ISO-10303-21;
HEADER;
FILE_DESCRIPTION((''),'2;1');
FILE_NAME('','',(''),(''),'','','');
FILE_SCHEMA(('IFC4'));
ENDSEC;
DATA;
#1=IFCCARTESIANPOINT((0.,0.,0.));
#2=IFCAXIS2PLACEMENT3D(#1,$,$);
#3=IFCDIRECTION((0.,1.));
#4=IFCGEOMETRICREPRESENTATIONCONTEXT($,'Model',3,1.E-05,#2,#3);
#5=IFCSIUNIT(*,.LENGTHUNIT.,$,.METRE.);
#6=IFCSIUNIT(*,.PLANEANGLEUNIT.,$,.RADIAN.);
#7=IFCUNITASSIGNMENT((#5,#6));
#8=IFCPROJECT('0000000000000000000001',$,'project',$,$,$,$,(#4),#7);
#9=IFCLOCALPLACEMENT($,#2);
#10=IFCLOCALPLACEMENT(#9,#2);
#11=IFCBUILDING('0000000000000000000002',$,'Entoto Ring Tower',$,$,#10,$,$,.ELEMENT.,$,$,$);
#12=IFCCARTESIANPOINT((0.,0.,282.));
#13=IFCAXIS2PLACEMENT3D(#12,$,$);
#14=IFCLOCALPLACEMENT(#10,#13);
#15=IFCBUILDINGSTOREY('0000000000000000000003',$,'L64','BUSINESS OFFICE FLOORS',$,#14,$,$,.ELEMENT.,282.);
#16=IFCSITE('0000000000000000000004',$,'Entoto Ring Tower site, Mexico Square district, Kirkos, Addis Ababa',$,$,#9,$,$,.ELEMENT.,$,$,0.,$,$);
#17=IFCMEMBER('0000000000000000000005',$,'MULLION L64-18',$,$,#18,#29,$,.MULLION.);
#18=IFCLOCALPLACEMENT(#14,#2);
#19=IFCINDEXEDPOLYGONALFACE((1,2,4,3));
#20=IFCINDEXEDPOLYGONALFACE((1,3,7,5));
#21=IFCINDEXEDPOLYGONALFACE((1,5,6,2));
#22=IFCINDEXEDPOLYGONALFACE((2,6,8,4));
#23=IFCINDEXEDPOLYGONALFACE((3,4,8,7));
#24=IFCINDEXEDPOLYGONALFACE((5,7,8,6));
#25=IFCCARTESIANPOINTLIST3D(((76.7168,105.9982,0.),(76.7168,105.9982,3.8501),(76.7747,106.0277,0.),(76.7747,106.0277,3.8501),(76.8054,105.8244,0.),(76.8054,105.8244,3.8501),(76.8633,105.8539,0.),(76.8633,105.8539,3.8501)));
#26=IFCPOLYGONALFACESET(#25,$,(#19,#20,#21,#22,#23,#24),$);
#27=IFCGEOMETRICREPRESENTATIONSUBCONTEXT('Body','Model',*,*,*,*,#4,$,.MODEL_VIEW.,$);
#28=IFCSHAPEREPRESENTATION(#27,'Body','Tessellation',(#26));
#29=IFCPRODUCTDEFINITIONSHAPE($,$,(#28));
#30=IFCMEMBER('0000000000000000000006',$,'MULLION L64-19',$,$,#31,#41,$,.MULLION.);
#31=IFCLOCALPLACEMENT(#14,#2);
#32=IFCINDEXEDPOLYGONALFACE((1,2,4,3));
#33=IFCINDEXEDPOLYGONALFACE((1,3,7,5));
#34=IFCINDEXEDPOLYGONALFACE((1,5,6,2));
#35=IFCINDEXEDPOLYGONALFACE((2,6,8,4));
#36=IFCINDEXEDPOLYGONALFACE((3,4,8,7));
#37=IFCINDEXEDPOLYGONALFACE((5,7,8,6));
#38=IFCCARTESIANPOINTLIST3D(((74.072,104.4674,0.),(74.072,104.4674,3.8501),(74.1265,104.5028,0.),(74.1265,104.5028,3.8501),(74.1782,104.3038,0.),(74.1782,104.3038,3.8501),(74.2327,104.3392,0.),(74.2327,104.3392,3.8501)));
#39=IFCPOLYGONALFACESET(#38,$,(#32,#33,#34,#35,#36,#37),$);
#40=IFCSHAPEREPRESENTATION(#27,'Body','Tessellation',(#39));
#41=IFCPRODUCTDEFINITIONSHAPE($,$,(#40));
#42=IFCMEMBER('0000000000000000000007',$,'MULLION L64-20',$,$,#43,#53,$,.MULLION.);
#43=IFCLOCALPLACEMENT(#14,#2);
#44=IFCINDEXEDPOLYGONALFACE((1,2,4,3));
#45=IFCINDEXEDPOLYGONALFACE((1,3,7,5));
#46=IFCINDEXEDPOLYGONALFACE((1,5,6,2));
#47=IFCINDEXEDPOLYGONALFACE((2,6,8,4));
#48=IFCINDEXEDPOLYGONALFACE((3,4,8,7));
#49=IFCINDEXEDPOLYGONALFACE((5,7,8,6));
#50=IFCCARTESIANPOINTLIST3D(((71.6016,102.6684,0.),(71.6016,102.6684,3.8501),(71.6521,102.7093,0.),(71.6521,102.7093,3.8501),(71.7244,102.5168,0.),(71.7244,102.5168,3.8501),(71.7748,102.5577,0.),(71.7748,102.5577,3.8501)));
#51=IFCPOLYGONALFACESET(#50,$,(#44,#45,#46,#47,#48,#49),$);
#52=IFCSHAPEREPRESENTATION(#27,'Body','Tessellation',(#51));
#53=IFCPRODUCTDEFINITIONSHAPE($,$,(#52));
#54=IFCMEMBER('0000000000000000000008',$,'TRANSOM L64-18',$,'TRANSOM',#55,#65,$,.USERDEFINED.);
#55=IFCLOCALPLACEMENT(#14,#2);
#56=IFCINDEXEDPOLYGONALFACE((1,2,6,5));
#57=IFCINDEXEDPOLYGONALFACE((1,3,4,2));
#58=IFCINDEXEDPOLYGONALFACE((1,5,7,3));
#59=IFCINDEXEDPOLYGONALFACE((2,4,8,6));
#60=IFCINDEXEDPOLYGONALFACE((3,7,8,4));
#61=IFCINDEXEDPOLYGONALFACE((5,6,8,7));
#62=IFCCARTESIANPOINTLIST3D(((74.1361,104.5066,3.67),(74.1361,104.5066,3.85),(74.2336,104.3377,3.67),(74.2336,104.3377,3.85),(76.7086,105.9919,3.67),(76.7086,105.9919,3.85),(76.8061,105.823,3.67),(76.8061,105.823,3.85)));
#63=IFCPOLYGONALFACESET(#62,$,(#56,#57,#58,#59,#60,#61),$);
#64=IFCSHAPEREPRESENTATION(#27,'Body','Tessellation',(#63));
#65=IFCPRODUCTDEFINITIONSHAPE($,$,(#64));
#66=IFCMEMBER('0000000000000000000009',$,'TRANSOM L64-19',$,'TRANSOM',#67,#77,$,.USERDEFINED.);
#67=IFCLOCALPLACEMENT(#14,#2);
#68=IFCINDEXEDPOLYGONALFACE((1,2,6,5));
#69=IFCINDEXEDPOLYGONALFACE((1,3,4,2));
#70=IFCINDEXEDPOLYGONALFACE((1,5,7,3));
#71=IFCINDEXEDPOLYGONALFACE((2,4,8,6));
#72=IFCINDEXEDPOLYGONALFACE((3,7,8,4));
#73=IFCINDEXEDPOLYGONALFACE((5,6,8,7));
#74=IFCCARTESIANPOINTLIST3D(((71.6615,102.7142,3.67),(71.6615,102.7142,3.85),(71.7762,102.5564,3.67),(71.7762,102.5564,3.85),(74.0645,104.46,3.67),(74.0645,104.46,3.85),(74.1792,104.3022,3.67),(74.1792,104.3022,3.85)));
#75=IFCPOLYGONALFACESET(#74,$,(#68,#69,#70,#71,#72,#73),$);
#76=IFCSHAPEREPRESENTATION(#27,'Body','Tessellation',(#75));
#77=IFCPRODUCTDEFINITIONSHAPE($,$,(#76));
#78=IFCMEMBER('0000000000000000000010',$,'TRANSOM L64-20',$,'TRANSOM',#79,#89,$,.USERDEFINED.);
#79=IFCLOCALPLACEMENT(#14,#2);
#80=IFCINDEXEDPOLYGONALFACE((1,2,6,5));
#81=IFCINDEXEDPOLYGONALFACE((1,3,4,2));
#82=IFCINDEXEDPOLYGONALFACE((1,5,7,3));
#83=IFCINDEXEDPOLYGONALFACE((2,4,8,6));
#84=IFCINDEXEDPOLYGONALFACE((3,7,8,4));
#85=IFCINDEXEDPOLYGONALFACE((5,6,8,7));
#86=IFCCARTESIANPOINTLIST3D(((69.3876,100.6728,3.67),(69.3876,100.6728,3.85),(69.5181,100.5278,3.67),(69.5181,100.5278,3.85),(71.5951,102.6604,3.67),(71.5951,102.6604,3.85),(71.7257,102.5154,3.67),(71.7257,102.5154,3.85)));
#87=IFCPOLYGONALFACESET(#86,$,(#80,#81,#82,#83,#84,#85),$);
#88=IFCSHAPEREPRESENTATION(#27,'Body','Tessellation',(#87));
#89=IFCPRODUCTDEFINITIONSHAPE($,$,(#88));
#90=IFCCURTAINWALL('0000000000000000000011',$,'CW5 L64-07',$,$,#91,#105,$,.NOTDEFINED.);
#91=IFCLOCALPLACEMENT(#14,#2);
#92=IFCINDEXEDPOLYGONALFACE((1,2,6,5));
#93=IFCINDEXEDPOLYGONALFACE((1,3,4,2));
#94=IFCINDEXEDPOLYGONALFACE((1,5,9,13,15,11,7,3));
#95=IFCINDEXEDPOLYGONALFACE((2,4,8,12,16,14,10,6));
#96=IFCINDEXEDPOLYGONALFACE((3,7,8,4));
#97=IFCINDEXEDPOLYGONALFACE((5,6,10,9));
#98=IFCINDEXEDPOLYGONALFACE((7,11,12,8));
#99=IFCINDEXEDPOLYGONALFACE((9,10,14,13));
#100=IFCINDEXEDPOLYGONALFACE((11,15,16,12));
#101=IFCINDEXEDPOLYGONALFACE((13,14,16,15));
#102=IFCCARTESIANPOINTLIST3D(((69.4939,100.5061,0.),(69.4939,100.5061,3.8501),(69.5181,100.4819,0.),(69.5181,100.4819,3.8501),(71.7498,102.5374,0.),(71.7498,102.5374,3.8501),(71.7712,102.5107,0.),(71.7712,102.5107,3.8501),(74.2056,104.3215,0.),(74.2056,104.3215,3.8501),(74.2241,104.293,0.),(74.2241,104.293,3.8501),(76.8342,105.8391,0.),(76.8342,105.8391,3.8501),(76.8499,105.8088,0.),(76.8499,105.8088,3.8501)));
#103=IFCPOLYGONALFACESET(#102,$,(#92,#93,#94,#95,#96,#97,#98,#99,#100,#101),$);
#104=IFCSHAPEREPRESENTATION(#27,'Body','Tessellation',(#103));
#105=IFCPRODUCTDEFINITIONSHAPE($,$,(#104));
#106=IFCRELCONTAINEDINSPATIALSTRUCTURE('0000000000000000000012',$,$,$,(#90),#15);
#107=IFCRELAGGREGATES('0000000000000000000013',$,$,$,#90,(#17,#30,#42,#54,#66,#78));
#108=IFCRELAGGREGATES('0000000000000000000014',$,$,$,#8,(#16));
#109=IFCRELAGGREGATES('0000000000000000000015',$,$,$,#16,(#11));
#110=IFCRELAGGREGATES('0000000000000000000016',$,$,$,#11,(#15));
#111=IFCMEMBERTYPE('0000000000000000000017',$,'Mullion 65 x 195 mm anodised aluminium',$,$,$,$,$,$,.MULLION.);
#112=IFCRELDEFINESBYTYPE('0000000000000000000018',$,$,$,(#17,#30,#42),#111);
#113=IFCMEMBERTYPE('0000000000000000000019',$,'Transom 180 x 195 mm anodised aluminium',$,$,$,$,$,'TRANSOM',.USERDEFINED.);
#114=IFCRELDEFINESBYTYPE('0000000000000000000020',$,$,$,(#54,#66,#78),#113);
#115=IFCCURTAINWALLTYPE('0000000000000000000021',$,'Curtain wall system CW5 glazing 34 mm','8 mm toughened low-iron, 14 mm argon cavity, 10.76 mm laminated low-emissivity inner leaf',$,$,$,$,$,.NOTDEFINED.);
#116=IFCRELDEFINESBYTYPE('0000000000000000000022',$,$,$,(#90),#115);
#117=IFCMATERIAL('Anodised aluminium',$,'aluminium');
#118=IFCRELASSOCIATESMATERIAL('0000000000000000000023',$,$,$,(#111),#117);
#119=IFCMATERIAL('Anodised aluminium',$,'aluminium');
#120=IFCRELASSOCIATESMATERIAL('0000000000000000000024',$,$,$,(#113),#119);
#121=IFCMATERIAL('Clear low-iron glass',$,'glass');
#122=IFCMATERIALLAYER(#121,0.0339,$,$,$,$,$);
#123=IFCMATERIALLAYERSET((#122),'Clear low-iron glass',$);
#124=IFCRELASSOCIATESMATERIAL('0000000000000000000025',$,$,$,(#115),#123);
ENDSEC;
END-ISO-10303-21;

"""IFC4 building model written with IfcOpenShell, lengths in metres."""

from ifc_helpers import new_model, si_unit, direction, frame, origin, origin_2d, place, context, subcontext, project, spatial, polyline, rectangle, outline, extrude, material, layer, layer_set, material_profile, profile_set, type_object, element, aggregate, save


model = new_model("IFC4")

# Units and contexts
model_context = context("Model", 3, precision=1e-05, world=origin(), true_north=direction((0.0, 1.0)))
body_context = subcontext(model_context, "Body", "Model", "MODEL_VIEW")
ifc_project = project(units=[si_unit("LENGTHUNIT", "METRE"), si_unit("PLANEANGLEUNIT", "RADIAN")], contexts=[model_context])

# Members
ifc_material_1 = material(Name="Anodised aluminium", Category="aluminium")
ifc_material_profile_1 = material_profile(ifc_material_1, rectangle(XDim=0.0649, YDim=0.1951, at=origin_2d()), Name="Mullion 65 x 195 mm anodised aluminium")
ifc_profile_set_1 = profile_set([ifc_material_profile_1], Name="Anodised aluminium")
member_type_1 = type_object("IfcMemberType", Name="Mullion 65 x 195 mm anodised aluminium", PredefinedType="MULLION", material=ifc_profile_set_1)
site_placement = place(None, origin())
building_placement = place(site_placement, origin())
storey_placement = place(building_placement, frame((0.0, 0.0, 282.0)))
member_1_placement = place(storey_placement, frame((76.79, 105.926, 0.0), z_axis=(0.0, 0.0, 1.0), x_axis=(-0.891007, -0.45399, 0.0)))
member_1 = element("IfcMember", 1, at=member_1_placement, type_object=member_type_1, Name="MULLION L64-18", PredefinedType="MULLION", context=body_context, shape_type="SweptSolid", body=[
    extrude(rectangle(XDim=0.0649, YDim=0.1951, at=origin_2d()), origin(), (0.0, 0.0, 1.0), 3.8501),
])
member_2_placement = place(storey_placement, frame((74.1523, 104.4033, 0.0), z_axis=(0.0, 0.0, 1.0), x_axis=(-0.838671, -0.544639, 0.0)))
member_2 = element("IfcMember", 2, at=member_2_placement, type_object=member_type_1, Name="MULLION L64-19", PredefinedType="MULLION", context=body_context, shape_type="SweptSolid", body=[
    extrude(rectangle(XDim=0.0649, YDim=0.1951, at=origin_2d()), origin(), (0.0, 0.0, 1.0), 3.8501),
])
member_3_placement = place(storey_placement, frame((71.6882, 102.613, 0.0), z_axis=(0.0, 0.0, 1.0), x_axis=(-0.777146, -0.62932, 0.0)))
member_3 = element("IfcMember", 3, at=member_3_placement, type_object=member_type_1, Name="MULLION L64-20", PredefinedType="MULLION", context=body_context, shape_type="SweptSolid", body=[
    extrude(rectangle(XDim=0.0649, YDim=0.1951, at=origin_2d()), origin(), (0.0, 0.0, 1.0), 3.8501),
])
ifc_material_2 = material(Name="Anodised aluminium", Category="aluminium")
ifc_material_profile_2 = material_profile(ifc_material_2, rectangle(XDim=0.1951, YDim=0.1799, at=origin_2d()), Name="Transom 180 x 195 mm anodised aluminium")
ifc_profile_set_2 = profile_set([ifc_material_profile_2], Name="Anodised aluminium")
member_type_2 = type_object("IfcMemberType", Name="Transom 180 x 195 mm anodised aluminium", ElementType="TRANSOM", PredefinedType="USERDEFINED", material=ifc_profile_set_2)
member_4_placement = place(storey_placement, frame((76.7573, 105.9075, 3.76), z_axis=(-0.866009, -0.500028, 0.0), x_axis=(0.500028, -0.866009, 0.0)))
member_4 = element("IfcMember", 4, at=member_4_placement, type_object=member_type_2, Name="TRANSOM L64-18", ObjectType="TRANSOM", PredefinedType="USERDEFINED", context=body_context, shape_type="SweptSolid", body=[
    extrude(rectangle(XDim=0.1951, YDim=0.1799, at=origin_2d()), origin(), (0.0, 0.0, 1.0), 2.9705),
])
member_5_placement = place(storey_placement, frame((74.1218, 104.3811, 3.76), z_axis=(-0.809031, -0.587766, 0.0), x_axis=(0.587766, -0.809031, 0.0)))
member_5 = element("IfcMember", 5, at=member_5_placement, type_object=member_type_2, Name="TRANSOM L64-19", ObjectType="TRANSOM", PredefinedType="USERDEFINED", context=body_context, shape_type="SweptSolid", body=[
    extrude(rectangle(XDim=0.1951, YDim=0.1799, at=origin_2d()), origin(), (0.0, 0.0, 1.0), 2.9702),
])
member_6_placement = place(storey_placement, frame((71.6604, 102.5879, 3.76), z_axis=(-0.743163, -0.66911, 0.0), x_axis=(0.66911, -0.743163, 0.0)))
member_6 = element("IfcMember", 6, at=member_6_placement, type_object=member_type_2, Name="TRANSOM L64-20", ObjectType="TRANSOM", PredefinedType="USERDEFINED", context=body_context, shape_type="SweptSolid", body=[
    extrude(rectangle(XDim=0.1951, YDim=0.1799, at=origin_2d()), origin(), (0.0, 0.0, 1.0), 2.9705),
])

# Site, building, storey
site = spatial("IfcSite", under=ifc_project, at=site_placement, Name="Entoto Ring Tower site, Mexico Square district, Kirkos, Addis Ababa", CompositionType="ELEMENT", RefElevation=0.0)
building = spatial("IfcBuilding", under=site, at=building_placement, Name="Entoto Ring Tower", CompositionType="ELEMENT")
storey = spatial("IfcBuildingStorey", under=building, at=storey_placement, Name="L64", Description="BUSINESS OFFICE FLOORS", CompositionType="ELEMENT", Elevation=282.0)

# Curtain wall
ifc_material_3 = material(Name="Clear low-iron glass", Category="glass")
ifc_layer = layer(ifc_material_3, 0.0339)
ifc_layer_set = layer_set([ifc_layer], Name="Clear low-iron glass")
curtain_wall_type = type_object("IfcCurtainWallType", Name="Curtain wall system CW5 glazing 34 mm", Description="8 mm toughened low-iron, 14 mm argon cavity, 10.76 mm laminated low-emissivity inner leaf", PredefinedType="NOTDEFINED", material=ifc_layer_set)
curtain_wall_1_placement = place(storey_placement, origin())
curtain_wall_1 = element("IfcCurtainWall", 7, at=curtain_wall_1_placement, inside=storey, type_object=curtain_wall_type, Name="CW5 L64-07", PredefinedType="NOTDEFINED", context=body_context, shape_type="SweptSolid", body=[
    extrude(outline(polyline([(76.8342, 105.8391), (74.2056, 104.3215), (71.7498, 102.5374), (69.4939, 100.5061), (69.5181, 100.4819), (71.7712, 102.5107), (74.2241, 104.293), (76.8499, 105.8088), (76.8342, 105.8391)])), origin(), (0.0, 0.0, 1.0), 3.8501),
])
aggregate(curtain_wall_1, [member_1, member_2, member_3, member_4, member_5, member_6])

save(model, "model.ifc")
